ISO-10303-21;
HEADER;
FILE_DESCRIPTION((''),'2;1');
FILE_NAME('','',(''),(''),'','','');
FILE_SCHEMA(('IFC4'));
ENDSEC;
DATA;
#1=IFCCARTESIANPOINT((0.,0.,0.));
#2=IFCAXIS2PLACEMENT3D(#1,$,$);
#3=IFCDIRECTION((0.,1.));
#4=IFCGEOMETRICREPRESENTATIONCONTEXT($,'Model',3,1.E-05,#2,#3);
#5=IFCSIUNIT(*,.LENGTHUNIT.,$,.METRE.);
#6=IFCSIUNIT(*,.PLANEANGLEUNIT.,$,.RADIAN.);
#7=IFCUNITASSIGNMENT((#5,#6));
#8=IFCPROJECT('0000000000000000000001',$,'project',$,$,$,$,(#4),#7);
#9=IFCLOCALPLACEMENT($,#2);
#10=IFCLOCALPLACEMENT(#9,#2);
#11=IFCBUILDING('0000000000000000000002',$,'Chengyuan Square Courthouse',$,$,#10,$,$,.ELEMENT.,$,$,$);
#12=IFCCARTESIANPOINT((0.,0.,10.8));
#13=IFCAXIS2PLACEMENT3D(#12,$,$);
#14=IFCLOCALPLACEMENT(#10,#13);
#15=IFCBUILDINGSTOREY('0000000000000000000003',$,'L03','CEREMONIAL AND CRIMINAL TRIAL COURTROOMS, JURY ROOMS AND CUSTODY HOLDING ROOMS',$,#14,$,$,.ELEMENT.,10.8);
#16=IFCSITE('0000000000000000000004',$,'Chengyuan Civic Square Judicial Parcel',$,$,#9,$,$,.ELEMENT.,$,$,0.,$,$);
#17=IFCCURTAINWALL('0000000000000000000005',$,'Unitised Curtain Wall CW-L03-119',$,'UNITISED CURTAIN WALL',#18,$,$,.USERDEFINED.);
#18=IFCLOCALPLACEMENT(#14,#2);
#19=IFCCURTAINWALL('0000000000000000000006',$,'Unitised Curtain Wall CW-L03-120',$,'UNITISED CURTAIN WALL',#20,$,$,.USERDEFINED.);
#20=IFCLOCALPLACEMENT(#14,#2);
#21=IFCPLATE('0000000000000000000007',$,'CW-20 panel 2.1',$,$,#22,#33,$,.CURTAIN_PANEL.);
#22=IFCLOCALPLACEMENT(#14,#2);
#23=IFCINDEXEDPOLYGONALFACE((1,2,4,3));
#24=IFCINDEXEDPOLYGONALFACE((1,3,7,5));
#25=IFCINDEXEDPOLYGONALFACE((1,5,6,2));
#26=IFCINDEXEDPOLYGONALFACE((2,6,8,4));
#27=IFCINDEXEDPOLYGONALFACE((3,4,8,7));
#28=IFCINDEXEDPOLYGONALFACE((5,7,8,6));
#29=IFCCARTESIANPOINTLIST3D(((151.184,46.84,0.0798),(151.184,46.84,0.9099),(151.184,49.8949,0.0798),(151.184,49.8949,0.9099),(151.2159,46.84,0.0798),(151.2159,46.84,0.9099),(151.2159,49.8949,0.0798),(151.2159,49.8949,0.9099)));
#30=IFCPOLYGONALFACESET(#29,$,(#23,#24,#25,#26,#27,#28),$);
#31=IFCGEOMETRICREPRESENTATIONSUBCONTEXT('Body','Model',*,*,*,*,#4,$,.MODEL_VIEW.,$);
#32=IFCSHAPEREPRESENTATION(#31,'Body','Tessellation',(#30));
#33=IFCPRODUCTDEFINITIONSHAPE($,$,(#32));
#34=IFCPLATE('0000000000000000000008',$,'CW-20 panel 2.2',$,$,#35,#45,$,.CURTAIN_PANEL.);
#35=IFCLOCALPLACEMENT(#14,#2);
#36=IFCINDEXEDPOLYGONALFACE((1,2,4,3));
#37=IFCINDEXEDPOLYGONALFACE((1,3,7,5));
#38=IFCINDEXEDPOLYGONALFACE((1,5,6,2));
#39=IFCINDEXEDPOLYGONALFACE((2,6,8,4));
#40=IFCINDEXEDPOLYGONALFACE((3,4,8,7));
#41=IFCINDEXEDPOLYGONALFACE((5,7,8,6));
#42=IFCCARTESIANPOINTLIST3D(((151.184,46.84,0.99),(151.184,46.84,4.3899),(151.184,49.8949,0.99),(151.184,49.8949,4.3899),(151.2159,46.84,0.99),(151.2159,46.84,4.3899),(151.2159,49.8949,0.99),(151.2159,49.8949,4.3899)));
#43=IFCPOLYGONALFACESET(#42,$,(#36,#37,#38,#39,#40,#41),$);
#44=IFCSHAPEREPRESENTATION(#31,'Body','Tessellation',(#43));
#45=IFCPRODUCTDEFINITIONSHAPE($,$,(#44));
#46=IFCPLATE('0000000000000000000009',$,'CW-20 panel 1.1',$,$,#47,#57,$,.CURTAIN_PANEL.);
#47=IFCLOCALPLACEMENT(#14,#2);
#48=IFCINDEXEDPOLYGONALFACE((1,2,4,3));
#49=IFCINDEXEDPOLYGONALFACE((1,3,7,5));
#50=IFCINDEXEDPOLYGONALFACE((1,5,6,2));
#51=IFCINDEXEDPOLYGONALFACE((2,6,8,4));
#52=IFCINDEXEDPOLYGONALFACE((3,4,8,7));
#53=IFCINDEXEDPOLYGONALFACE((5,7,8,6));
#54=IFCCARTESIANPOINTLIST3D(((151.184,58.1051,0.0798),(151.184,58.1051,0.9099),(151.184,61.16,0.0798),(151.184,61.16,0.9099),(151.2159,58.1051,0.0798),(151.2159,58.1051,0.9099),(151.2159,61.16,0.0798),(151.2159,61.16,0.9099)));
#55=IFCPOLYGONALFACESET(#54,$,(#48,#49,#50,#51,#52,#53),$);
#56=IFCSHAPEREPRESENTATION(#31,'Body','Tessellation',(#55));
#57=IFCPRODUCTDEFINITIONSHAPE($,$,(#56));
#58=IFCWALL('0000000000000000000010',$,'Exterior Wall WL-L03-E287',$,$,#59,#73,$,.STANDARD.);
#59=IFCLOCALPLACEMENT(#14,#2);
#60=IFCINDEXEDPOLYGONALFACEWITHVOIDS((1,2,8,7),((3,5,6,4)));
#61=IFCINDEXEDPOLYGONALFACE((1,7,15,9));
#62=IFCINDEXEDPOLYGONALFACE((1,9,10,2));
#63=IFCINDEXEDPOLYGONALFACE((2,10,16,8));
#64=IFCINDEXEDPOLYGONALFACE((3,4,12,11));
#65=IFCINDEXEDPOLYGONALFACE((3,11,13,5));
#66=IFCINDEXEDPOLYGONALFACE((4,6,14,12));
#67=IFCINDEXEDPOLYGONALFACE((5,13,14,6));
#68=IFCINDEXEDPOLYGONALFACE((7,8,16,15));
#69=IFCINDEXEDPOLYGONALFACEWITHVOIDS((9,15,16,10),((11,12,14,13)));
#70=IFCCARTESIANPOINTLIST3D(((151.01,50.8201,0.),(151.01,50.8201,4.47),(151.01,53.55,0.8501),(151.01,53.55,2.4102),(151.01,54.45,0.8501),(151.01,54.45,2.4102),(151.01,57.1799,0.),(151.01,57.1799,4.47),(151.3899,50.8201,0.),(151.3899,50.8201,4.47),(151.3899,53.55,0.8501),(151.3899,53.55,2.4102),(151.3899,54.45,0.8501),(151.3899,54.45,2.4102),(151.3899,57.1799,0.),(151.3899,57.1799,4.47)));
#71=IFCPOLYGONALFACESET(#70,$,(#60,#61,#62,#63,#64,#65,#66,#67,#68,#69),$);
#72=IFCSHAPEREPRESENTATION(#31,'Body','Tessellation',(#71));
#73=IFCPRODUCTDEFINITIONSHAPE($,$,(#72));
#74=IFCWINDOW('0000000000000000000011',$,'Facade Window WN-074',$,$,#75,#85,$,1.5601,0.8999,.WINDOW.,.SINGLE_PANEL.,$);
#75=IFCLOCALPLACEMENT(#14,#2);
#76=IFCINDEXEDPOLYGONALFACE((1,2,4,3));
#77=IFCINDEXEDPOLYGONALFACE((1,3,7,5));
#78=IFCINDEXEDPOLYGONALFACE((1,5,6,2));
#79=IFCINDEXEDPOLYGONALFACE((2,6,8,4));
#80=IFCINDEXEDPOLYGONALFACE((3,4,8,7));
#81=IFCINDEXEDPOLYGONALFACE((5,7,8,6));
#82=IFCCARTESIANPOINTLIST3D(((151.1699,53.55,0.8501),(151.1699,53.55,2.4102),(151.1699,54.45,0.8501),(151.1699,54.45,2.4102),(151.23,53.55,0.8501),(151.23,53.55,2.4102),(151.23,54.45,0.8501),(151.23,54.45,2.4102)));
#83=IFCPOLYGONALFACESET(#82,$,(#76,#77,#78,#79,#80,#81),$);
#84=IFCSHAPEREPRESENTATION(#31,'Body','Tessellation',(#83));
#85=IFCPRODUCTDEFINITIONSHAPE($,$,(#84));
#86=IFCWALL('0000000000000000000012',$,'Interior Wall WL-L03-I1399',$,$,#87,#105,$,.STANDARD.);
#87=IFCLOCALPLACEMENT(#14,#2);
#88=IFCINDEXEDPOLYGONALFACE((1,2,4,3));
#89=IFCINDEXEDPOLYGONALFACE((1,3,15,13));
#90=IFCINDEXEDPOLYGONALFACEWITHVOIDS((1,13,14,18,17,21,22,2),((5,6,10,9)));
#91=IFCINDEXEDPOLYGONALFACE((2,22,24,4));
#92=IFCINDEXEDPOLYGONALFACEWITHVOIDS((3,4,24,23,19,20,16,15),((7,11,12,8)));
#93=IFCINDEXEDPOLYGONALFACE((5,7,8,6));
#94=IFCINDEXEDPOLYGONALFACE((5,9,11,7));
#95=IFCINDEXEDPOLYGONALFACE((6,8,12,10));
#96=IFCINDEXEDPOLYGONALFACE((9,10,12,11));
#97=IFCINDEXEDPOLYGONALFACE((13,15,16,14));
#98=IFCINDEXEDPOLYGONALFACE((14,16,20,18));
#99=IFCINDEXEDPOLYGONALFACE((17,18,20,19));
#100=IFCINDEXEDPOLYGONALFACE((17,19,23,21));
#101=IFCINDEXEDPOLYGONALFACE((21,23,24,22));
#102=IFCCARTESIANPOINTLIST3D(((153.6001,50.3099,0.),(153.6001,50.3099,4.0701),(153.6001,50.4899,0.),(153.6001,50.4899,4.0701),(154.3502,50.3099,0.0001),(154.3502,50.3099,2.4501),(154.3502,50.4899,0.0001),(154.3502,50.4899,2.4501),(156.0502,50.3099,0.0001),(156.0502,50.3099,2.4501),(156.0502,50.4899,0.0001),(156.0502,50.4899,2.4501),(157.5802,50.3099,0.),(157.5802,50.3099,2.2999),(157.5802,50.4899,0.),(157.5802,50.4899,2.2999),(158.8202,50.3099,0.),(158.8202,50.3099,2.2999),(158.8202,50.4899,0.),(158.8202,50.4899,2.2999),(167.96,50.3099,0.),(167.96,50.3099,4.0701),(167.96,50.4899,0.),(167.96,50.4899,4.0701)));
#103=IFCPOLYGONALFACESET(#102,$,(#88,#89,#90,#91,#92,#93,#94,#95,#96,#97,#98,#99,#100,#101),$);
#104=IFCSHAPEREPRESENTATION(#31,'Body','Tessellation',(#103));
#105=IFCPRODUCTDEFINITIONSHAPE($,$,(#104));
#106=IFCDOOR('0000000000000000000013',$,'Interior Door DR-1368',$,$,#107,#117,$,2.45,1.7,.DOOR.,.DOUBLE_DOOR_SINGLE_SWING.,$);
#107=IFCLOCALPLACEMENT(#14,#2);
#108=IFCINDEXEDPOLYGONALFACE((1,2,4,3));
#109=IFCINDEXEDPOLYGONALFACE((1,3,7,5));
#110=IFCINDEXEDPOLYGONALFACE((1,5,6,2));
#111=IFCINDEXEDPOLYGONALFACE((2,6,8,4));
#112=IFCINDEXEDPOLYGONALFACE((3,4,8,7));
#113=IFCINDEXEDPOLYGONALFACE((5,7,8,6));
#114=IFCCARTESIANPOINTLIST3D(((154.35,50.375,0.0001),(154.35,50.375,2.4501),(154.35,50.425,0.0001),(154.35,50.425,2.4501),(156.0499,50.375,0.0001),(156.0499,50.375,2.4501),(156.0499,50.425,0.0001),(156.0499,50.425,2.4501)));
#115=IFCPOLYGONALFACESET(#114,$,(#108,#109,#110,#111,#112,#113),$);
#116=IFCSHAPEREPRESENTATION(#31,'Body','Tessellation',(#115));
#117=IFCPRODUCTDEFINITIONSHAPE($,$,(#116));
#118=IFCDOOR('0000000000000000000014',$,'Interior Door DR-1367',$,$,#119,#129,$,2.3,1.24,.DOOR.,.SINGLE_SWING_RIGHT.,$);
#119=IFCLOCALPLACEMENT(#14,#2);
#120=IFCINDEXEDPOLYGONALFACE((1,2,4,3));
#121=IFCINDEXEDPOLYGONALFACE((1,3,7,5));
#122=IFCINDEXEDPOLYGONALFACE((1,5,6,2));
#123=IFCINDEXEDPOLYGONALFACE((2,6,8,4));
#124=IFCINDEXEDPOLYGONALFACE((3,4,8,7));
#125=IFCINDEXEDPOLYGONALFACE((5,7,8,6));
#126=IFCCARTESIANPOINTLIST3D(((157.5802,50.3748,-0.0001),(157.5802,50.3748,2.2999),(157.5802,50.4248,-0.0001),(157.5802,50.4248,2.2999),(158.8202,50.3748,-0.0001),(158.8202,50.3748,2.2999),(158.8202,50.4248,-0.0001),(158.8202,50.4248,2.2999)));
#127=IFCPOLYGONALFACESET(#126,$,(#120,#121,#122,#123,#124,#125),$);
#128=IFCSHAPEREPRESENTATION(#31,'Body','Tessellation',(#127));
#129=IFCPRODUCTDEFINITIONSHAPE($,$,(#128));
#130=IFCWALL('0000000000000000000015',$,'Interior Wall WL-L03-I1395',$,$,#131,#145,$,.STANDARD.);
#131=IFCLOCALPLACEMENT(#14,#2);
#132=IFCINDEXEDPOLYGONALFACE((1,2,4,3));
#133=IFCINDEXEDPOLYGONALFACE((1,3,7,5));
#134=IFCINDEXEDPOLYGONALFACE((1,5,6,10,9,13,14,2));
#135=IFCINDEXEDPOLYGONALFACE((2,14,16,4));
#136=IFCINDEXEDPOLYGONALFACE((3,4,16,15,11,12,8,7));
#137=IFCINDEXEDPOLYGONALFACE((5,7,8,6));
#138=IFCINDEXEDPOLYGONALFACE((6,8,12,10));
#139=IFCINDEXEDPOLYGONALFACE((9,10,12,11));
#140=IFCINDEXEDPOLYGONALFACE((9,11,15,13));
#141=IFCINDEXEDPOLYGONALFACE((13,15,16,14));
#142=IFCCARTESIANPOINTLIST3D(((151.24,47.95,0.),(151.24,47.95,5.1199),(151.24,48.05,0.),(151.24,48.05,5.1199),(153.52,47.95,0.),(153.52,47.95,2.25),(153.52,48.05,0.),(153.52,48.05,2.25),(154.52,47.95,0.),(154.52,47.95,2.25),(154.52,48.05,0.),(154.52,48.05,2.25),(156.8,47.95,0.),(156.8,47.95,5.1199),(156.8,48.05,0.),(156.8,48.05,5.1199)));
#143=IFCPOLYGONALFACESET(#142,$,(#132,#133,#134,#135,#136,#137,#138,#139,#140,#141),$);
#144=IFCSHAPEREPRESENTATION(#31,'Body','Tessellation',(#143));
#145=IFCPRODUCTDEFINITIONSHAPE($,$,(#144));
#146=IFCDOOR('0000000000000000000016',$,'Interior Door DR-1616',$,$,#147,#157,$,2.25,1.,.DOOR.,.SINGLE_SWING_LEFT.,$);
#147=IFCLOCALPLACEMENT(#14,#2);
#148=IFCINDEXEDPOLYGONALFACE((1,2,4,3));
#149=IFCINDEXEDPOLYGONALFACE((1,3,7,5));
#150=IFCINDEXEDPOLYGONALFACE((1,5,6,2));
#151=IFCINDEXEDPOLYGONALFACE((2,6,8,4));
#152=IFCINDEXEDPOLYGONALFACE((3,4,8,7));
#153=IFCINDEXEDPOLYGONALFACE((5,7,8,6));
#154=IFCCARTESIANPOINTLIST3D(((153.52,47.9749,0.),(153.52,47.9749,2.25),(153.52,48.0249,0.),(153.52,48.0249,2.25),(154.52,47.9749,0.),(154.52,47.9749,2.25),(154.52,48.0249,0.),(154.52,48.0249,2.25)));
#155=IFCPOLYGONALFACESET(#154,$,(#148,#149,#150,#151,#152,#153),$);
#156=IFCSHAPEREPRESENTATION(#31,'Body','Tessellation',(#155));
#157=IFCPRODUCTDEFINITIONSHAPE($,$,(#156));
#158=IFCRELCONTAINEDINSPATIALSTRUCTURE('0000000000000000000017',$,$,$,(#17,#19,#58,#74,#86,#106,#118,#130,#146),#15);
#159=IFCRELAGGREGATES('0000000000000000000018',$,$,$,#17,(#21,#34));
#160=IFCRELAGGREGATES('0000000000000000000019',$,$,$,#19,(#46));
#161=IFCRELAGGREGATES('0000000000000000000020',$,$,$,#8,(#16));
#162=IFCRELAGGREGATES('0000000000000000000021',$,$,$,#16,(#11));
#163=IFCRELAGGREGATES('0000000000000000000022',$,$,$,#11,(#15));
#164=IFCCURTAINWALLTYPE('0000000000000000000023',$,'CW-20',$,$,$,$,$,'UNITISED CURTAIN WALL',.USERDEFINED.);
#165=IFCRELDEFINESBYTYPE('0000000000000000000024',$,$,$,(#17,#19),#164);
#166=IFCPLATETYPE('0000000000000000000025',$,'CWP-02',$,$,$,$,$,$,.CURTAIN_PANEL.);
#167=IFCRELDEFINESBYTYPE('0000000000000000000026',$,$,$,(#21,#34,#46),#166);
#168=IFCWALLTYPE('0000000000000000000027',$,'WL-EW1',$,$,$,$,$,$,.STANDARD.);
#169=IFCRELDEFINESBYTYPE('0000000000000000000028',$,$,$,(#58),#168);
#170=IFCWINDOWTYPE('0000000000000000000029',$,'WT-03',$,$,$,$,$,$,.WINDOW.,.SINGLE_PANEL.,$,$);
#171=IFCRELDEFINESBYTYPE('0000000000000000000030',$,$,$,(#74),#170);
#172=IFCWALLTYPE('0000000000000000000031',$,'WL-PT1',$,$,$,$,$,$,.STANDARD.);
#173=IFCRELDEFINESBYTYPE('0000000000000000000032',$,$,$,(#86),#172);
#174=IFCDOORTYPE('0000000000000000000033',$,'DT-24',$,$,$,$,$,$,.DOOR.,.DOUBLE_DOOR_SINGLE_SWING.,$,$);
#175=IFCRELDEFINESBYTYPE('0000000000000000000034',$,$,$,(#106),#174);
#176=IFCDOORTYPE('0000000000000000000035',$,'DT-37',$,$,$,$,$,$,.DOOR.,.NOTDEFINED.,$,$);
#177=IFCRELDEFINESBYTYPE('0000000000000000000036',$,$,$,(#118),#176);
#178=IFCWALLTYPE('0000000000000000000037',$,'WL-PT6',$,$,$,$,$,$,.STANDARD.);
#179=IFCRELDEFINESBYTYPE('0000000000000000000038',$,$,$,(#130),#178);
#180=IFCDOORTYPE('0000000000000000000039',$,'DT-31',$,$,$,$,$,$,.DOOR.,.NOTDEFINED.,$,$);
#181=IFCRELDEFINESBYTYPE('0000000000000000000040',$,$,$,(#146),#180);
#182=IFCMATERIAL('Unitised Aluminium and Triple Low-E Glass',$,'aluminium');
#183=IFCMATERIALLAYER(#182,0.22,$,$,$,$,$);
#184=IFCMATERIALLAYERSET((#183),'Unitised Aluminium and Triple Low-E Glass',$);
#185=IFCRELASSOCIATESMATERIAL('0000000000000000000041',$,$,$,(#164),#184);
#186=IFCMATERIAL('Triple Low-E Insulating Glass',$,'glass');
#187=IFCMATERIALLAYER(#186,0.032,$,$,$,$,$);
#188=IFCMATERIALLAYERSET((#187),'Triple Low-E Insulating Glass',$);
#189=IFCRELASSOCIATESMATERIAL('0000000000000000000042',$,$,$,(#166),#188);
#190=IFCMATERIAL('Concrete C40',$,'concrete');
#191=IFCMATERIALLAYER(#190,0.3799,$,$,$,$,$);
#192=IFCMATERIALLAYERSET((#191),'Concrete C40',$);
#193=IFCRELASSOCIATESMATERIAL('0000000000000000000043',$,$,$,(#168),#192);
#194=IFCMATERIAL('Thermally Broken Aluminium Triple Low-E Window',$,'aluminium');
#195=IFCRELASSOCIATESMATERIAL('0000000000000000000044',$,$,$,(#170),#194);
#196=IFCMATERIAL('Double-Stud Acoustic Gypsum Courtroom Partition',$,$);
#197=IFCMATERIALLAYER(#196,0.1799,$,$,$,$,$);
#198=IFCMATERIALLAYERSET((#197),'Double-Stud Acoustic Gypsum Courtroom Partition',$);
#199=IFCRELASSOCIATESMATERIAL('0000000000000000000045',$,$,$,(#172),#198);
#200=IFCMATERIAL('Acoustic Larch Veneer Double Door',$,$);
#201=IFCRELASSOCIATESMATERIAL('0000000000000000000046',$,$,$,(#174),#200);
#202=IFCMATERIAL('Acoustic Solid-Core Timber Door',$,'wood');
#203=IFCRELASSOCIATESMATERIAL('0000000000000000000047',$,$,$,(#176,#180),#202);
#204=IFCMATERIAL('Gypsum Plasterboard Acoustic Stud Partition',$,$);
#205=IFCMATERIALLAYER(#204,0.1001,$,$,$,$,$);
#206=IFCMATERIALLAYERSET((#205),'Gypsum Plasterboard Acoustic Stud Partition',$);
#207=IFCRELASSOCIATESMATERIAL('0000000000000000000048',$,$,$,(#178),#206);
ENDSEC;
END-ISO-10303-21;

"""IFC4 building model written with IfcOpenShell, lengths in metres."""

from ifc_helpers import new_model, si_unit, direction, frame, frame_2d, origin, origin_2d, place, context, subcontext, project, spatial, rectangle, extrude, material, layer, layer_set, type_object, element, fill, aggregate, save


model = new_model("IFC4")

# Units and contexts
model_context = context("Model", 3, precision=1e-05, world=origin(), true_north=direction((0.0, 1.0)))
body_context = subcontext(model_context, "Body", "Model", "MODEL_VIEW")
ifc_project = project(units=[si_unit("LENGTHUNIT", "METRE"), si_unit("PLANEANGLEUNIT", "RADIAN")], contexts=[model_context])

# Site, building, storey
site_placement = place(None, origin())
site = spatial("IfcSite", under=ifc_project, at=site_placement, Name="Chengyuan Civic Square Judicial Parcel", CompositionType="ELEMENT", RefElevation=0.0)
building_placement = place(site_placement, origin())
building = spatial("IfcBuilding", under=site, at=building_placement, Name="Chengyuan Square Courthouse", CompositionType="ELEMENT")
storey_placement = place(building_placement, frame((0.0, 0.0, 10.8)))
storey = spatial("IfcBuildingStorey", under=building, at=storey_placement, Name="L03", Description="CEREMONIAL AND CRIMINAL TRIAL COURTROOMS, JURY ROOMS AND CUSTODY HOLDING ROOMS", CompositionType="ELEMENT", Elevation=10.8)

# Shared definitions
ifc_material_1 = material(Name="Concrete C40", Category="concrete")

# Curtain wall
ifc_material_2 = material(Name="Unitised Aluminium and Triple Low-E Glass", Category="aluminium")
ifc_layer_1 = layer(ifc_material_2, 0.22)
ifc_layer_set_1 = layer_set([ifc_layer_1], Name="Unitised Aluminium and Triple Low-E Glass")
curtain_wall_type = type_object("IfcCurtainWallType", Name="CW-20", ElementType="UNITISED CURTAIN WALL", PredefinedType="USERDEFINED", material=ifc_layer_set_1)
curtain_wall_1_placement = place(storey_placement, origin())
curtain_wall_1 = element("IfcCurtainWall", 1, at=curtain_wall_1_placement, inside=storey, type_object=curtain_wall_type, Name="Unitised Curtain Wall CW-L03-119", ObjectType="UNITISED CURTAIN WALL", PredefinedType="USERDEFINED")

# Curtain wall
curtain_wall_2_placement = place(storey_placement, origin())
curtain_wall_2 = element("IfcCurtainWall", 2, at=curtain_wall_2_placement, inside=storey, type_object=curtain_wall_type, Name="Unitised Curtain Wall CW-L03-120", ObjectType="UNITISED CURTAIN WALL", PredefinedType="USERDEFINED")

# Plates
ifc_material_3 = material(Name="Triple Low-E Insulating Glass", Category="glass")
ifc_layer_2 = layer(ifc_material_3, 0.032)
ifc_layer_set_2 = layer_set([ifc_layer_2], Name="Triple Low-E Insulating Glass")
plate_type = type_object("IfcPlateType", Name="CWP-02", PredefinedType="CURTAIN_PANEL", material=ifc_layer_set_2)
plate_1_placement = place(storey_placement, frame((151.2, 48.3674, 0.0798), z_axis=(0.0, 0.0, 1.0), x_axis=(0.0, 1.0, 0.0)))
plate_1 = element("IfcPlate", 3, at=plate_1_placement, type_object=plate_type, Name="CW-20 panel 2.1", PredefinedType="CURTAIN_PANEL", context=body_context, shape_type="SweptSolid", body=[
    extrude(rectangle(XDim=3.0549, YDim=0.032, at=origin_2d()), origin(), (0.0, 0.0, 1.0), 0.8301),
])
plate_2_placement = place(storey_placement, frame((151.2, 48.3674, 0.99), z_axis=(0.0, 0.0, 1.0), x_axis=(0.0, 1.0, 0.0)))
plate_2 = element("IfcPlate", 4, at=plate_2_placement, type_object=plate_type, Name="CW-20 panel 2.2", PredefinedType="CURTAIN_PANEL", context=body_context, shape_type="SweptSolid", body=[
    extrude(rectangle(XDim=3.0549, YDim=0.032, at=origin_2d()), origin(), (0.0, 0.0, 1.0), 3.3999),
])
aggregate(curtain_wall_1, [plate_1, plate_2])
plate_3_placement = place(storey_placement, frame((151.2, 59.6326, 0.0798), z_axis=(0.0, 0.0, 1.0), x_axis=(0.0, 1.0, 0.0)))
plate_3 = element("IfcPlate", 5, at=plate_3_placement, type_object=plate_type, Name="CW-20 panel 1.1", PredefinedType="CURTAIN_PANEL", context=body_context, shape_type="SweptSolid", body=[
    extrude(rectangle(XDim=3.0549, YDim=0.032, at=origin_2d()), origin(), (0.0, 0.0, 1.0), 0.8301),
])
aggregate(curtain_wall_2, [plate_3])

# Wall, opening, window
ifc_layer_3 = layer(ifc_material_1, 0.3799)
ifc_layer_set_3 = layer_set([ifc_layer_3], Name="Concrete C40")
wall_type_1 = type_object("IfcWallType", Name="WL-EW1", PredefinedType="STANDARD", material=ifc_layer_set_3)
wall_1_placement = place(storey_placement, frame((151.2, 50.8201, 0.0), z_axis=(0.0, 0.0, 1.0), x_axis=(0.0, 1.0, 0.0)))
wall_1 = element("IfcWall", 6, at=wall_1_placement, inside=storey, type_object=wall_type_1, Name="Exterior Wall WL-L03-E287", PredefinedType="STANDARD", context=body_context, shape_type="SweptSolid", body=[
    extrude(rectangle(XDim=6.3599, YDim=0.3799, at=frame_2d((3.1799, 0.0))), origin(), (0.0, 0.0, 1.0), 4.47),
])
opening_1_placement = place(wall_1_placement, frame((2.73, 0.0, 0.8501)))
opening_1 = element("IfcOpeningElement", 7, at=opening_1_placement, cuts=wall_1, PredefinedType="OPENING", context=body_context, shape_type="SweptSolid", body=[
    extrude(rectangle(XDim=0.8999, YDim=1.5601, at=frame_2d((0.45, 0.78))), frame((0.0, 0.2019, 0.0), z_axis=(0.0, -1.0, 0.0), x_axis=(1.0, 0.0, 0.0)), (0.0, 0.0, 1.0), 0.4038),
])
ifc_material_4 = material(Name="Thermally Broken Aluminium Triple Low-E Window", Category="aluminium")
window_type = type_object("IfcWindowType", Name="WT-03", PartitioningType="SINGLE_PANEL", PredefinedType="WINDOW", material=ifc_material_4)
window_placement = place(opening_1_placement, origin())
window = element("IfcWindow", 8, at=window_placement, inside=storey, type_object=window_type, Name="Facade Window WN-074", OverallHeight=1.5601, OverallWidth=0.8999, PartitioningType="SINGLE_PANEL", PredefinedType="WINDOW", context=body_context, shape_type="SweptSolid", body=[
    extrude(rectangle(XDim=0.8999, YDim=1.5601, at=frame_2d((0.45, 0.78))), frame((0.0, 0.03, 0.0), z_axis=(0.0, -1.0, 0.0), x_axis=(1.0, 0.0, 0.0)), (0.0, 0.0, 1.0), 0.0601),
])
fill(opening_1, window)

# Wall, openings, doors
ifc_material_5 = material(Name="Double-Stud Acoustic Gypsum Courtroom Partition")
ifc_layer_4 = layer(ifc_material_5, 0.1799)
ifc_layer_set_4 = layer_set([ifc_layer_4], Name="Double-Stud Acoustic Gypsum Courtroom Partition")
wall_type_2 = type_object("IfcWallType", Name="WL-PT1", PredefinedType="STANDARD", material=ifc_layer_set_4)
wall_2_placement = place(storey_placement, frame((153.6001, 50.3999, 0.0), z_axis=(0.0, 0.0, 1.0), x_axis=(1.0, 0.0, 0.0)))
wall_2 = element("IfcWall", 9, at=wall_2_placement, inside=storey, type_object=wall_type_2, Name="Interior Wall WL-L03-I1399", PredefinedType="STANDARD", context=body_context, shape_type="SweptSolid", body=[
    extrude(rectangle(XDim=14.3599, YDim=0.1799, at=frame_2d((7.1799, 0.0))), origin(), (0.0, 0.0, 1.0), 4.0701),
])
opening_2_placement = place(wall_2_placement, frame((3.98, 0.0, 0.0)))
opening_2 = element("IfcOpeningElement", 10, at=opening_2_placement, cuts=wall_2, PredefinedType="OPENING", context=body_context, shape_type="SweptSolid", body=[
    extrude(rectangle(XDim=1.24, YDim=2.3, at=frame_2d((0.6201, 1.1499))), frame((0.0, 0.1021, 0.0), z_axis=(0.0, -1.0, 0.0), x_axis=(1.0, 0.0, 0.0)), (0.0, 0.0, 1.0), 0.2039),
])
opening_3_placement = place(wall_2_placement, frame((0.75, 0.0, 0.0)))
opening_3 = element("IfcOpeningElement", 11, at=opening_3_placement, cuts=wall_2, PredefinedType="OPENING", context=body_context, shape_type="SweptSolid", body=[
    extrude(rectangle(XDim=1.7, YDim=2.45, at=frame_2d((0.8501, 1.2251))), frame((0.0, 0.1021, 0.0), z_axis=(0.0, -1.0, 0.0), x_axis=(1.0, 0.0, 0.0)), (0.0, 0.0, 1.0), 0.2039),
])
ifc_material_6 = material(Name="Acoustic Larch Veneer Double Door")
door_type_1 = type_object("IfcDoorType", Name="DT-24", OperationType="DOUBLE_DOOR_SINGLE_SWING", PredefinedType="DOOR", material=ifc_material_6)
door_1_placement = place(opening_3_placement, frame((1.7, 0.0, 0.0), z_axis=(0.0, 0.0, 1.0), x_axis=(-1.0, 0.0, 0.0)))
door_1 = element("IfcDoor", 12, at=door_1_placement, inside=storey, type_object=door_type_1, Name="Interior Door DR-1368", OperationType="DOUBLE_DOOR_SINGLE_SWING", OverallHeight=2.45, OverallWidth=1.7, PredefinedType="DOOR", context=body_context, shape_type="SweptSolid", body=[
    extrude(rectangle(XDim=1.7, YDim=2.45, at=frame_2d((0.8501, 1.2251))), frame((0.0, 0.0249, 0.0), z_axis=(0.0, -1.0, 0.0), x_axis=(1.0, 0.0, 0.0)), (0.0, 0.0, 1.0), 0.05),
])
fill(opening_3, door_1)
ifc_material_7 = material(Name="Acoustic Solid-Core Timber Door", Category="wood")
door_type_2 = type_object("IfcDoorType", Name="DT-37", OperationType="NOTDEFINED", PredefinedType="DOOR", material=ifc_material_7)
door_2_placement = place(opening_2_placement, origin())
door_2 = element("IfcDoor", 13, at=door_2_placement, inside=storey, type_object=door_type_2, Name="Interior Door DR-1367", OperationType="SINGLE_SWING_RIGHT", OverallHeight=2.3, OverallWidth=1.24, PredefinedType="DOOR", context=body_context, shape_type="SweptSolid", body=[
    extrude(rectangle(XDim=1.24, YDim=2.3, at=frame_2d((0.6201, 1.1499))), frame((0.0, 0.0249, 0.0), z_axis=(0.0, -1.0, 0.0), x_axis=(1.0, 0.0, 0.0)), (0.0, 0.0, 1.0), 0.05),
])
fill(opening_2, door_2)

# Wall, opening, door
ifc_material_8 = material(Name="Gypsum Plasterboard Acoustic Stud Partition")
ifc_layer_5 = layer(ifc_material_8, 0.1001)
ifc_layer_set_5 = layer_set([ifc_layer_5], Name="Gypsum Plasterboard Acoustic Stud Partition")
wall_type_3 = type_object("IfcWallType", Name="WL-PT6", PredefinedType="STANDARD", material=ifc_layer_set_5)
wall_3_placement = place(storey_placement, frame((151.24, 48.0, 0.0), z_axis=(0.0, 0.0, 1.0), x_axis=(1.0, 0.0, 0.0)))
wall_3 = element("IfcWall", 14, at=wall_3_placement, inside=storey, type_object=wall_type_3, Name="Interior Wall WL-L03-I1395", PredefinedType="STANDARD", context=body_context, shape_type="SweptSolid", body=[
    extrude(rectangle(XDim=5.5601, YDim=0.1001, at=frame_2d((2.78, 0.0))), origin(), (0.0, 0.0, 1.0), 5.1199),
])
opening_4_placement = place(wall_3_placement, frame((2.28, 0.0, 0.0)))
opening_4 = element("IfcOpeningElement", 15, at=opening_4_placement, cuts=wall_3, PredefinedType="OPENING", context=body_context, shape_type="SweptSolid", body=[
    extrude(rectangle(XDim=1.0, YDim=2.25, at=frame_2d((0.5, 1.125))), frame((0.0, 0.062, 0.0), z_axis=(0.0, -1.0, 0.0), x_axis=(1.0, 0.0, 0.0)), (0.0, 0.0, 1.0), 0.124),
])
door_type_3 = type_object("IfcDoorType", Name="DT-31", OperationType="NOTDEFINED", PredefinedType="DOOR", material=ifc_material_7)
door_3_placement = place(opening_4_placement, origin())
door_3 = element("IfcDoor", 16, at=door_3_placement, inside=storey, type_object=door_type_3, Name="Interior Door DR-1616", OperationType="SINGLE_SWING_LEFT", OverallHeight=2.25, OverallWidth=1.0, PredefinedType="DOOR", context=body_context, shape_type="SweptSolid", body=[
    extrude(rectangle(XDim=1.0, YDim=2.25, at=frame_2d((0.5, 1.125))), frame((0.0, 0.0249, 0.0), z_axis=(0.0, -1.0, 0.0), x_axis=(1.0, 0.0, 0.0)), (0.0, 0.0, 1.0), 0.05),
])
fill(opening_4, door_3)

save(model, "model.ifc")
